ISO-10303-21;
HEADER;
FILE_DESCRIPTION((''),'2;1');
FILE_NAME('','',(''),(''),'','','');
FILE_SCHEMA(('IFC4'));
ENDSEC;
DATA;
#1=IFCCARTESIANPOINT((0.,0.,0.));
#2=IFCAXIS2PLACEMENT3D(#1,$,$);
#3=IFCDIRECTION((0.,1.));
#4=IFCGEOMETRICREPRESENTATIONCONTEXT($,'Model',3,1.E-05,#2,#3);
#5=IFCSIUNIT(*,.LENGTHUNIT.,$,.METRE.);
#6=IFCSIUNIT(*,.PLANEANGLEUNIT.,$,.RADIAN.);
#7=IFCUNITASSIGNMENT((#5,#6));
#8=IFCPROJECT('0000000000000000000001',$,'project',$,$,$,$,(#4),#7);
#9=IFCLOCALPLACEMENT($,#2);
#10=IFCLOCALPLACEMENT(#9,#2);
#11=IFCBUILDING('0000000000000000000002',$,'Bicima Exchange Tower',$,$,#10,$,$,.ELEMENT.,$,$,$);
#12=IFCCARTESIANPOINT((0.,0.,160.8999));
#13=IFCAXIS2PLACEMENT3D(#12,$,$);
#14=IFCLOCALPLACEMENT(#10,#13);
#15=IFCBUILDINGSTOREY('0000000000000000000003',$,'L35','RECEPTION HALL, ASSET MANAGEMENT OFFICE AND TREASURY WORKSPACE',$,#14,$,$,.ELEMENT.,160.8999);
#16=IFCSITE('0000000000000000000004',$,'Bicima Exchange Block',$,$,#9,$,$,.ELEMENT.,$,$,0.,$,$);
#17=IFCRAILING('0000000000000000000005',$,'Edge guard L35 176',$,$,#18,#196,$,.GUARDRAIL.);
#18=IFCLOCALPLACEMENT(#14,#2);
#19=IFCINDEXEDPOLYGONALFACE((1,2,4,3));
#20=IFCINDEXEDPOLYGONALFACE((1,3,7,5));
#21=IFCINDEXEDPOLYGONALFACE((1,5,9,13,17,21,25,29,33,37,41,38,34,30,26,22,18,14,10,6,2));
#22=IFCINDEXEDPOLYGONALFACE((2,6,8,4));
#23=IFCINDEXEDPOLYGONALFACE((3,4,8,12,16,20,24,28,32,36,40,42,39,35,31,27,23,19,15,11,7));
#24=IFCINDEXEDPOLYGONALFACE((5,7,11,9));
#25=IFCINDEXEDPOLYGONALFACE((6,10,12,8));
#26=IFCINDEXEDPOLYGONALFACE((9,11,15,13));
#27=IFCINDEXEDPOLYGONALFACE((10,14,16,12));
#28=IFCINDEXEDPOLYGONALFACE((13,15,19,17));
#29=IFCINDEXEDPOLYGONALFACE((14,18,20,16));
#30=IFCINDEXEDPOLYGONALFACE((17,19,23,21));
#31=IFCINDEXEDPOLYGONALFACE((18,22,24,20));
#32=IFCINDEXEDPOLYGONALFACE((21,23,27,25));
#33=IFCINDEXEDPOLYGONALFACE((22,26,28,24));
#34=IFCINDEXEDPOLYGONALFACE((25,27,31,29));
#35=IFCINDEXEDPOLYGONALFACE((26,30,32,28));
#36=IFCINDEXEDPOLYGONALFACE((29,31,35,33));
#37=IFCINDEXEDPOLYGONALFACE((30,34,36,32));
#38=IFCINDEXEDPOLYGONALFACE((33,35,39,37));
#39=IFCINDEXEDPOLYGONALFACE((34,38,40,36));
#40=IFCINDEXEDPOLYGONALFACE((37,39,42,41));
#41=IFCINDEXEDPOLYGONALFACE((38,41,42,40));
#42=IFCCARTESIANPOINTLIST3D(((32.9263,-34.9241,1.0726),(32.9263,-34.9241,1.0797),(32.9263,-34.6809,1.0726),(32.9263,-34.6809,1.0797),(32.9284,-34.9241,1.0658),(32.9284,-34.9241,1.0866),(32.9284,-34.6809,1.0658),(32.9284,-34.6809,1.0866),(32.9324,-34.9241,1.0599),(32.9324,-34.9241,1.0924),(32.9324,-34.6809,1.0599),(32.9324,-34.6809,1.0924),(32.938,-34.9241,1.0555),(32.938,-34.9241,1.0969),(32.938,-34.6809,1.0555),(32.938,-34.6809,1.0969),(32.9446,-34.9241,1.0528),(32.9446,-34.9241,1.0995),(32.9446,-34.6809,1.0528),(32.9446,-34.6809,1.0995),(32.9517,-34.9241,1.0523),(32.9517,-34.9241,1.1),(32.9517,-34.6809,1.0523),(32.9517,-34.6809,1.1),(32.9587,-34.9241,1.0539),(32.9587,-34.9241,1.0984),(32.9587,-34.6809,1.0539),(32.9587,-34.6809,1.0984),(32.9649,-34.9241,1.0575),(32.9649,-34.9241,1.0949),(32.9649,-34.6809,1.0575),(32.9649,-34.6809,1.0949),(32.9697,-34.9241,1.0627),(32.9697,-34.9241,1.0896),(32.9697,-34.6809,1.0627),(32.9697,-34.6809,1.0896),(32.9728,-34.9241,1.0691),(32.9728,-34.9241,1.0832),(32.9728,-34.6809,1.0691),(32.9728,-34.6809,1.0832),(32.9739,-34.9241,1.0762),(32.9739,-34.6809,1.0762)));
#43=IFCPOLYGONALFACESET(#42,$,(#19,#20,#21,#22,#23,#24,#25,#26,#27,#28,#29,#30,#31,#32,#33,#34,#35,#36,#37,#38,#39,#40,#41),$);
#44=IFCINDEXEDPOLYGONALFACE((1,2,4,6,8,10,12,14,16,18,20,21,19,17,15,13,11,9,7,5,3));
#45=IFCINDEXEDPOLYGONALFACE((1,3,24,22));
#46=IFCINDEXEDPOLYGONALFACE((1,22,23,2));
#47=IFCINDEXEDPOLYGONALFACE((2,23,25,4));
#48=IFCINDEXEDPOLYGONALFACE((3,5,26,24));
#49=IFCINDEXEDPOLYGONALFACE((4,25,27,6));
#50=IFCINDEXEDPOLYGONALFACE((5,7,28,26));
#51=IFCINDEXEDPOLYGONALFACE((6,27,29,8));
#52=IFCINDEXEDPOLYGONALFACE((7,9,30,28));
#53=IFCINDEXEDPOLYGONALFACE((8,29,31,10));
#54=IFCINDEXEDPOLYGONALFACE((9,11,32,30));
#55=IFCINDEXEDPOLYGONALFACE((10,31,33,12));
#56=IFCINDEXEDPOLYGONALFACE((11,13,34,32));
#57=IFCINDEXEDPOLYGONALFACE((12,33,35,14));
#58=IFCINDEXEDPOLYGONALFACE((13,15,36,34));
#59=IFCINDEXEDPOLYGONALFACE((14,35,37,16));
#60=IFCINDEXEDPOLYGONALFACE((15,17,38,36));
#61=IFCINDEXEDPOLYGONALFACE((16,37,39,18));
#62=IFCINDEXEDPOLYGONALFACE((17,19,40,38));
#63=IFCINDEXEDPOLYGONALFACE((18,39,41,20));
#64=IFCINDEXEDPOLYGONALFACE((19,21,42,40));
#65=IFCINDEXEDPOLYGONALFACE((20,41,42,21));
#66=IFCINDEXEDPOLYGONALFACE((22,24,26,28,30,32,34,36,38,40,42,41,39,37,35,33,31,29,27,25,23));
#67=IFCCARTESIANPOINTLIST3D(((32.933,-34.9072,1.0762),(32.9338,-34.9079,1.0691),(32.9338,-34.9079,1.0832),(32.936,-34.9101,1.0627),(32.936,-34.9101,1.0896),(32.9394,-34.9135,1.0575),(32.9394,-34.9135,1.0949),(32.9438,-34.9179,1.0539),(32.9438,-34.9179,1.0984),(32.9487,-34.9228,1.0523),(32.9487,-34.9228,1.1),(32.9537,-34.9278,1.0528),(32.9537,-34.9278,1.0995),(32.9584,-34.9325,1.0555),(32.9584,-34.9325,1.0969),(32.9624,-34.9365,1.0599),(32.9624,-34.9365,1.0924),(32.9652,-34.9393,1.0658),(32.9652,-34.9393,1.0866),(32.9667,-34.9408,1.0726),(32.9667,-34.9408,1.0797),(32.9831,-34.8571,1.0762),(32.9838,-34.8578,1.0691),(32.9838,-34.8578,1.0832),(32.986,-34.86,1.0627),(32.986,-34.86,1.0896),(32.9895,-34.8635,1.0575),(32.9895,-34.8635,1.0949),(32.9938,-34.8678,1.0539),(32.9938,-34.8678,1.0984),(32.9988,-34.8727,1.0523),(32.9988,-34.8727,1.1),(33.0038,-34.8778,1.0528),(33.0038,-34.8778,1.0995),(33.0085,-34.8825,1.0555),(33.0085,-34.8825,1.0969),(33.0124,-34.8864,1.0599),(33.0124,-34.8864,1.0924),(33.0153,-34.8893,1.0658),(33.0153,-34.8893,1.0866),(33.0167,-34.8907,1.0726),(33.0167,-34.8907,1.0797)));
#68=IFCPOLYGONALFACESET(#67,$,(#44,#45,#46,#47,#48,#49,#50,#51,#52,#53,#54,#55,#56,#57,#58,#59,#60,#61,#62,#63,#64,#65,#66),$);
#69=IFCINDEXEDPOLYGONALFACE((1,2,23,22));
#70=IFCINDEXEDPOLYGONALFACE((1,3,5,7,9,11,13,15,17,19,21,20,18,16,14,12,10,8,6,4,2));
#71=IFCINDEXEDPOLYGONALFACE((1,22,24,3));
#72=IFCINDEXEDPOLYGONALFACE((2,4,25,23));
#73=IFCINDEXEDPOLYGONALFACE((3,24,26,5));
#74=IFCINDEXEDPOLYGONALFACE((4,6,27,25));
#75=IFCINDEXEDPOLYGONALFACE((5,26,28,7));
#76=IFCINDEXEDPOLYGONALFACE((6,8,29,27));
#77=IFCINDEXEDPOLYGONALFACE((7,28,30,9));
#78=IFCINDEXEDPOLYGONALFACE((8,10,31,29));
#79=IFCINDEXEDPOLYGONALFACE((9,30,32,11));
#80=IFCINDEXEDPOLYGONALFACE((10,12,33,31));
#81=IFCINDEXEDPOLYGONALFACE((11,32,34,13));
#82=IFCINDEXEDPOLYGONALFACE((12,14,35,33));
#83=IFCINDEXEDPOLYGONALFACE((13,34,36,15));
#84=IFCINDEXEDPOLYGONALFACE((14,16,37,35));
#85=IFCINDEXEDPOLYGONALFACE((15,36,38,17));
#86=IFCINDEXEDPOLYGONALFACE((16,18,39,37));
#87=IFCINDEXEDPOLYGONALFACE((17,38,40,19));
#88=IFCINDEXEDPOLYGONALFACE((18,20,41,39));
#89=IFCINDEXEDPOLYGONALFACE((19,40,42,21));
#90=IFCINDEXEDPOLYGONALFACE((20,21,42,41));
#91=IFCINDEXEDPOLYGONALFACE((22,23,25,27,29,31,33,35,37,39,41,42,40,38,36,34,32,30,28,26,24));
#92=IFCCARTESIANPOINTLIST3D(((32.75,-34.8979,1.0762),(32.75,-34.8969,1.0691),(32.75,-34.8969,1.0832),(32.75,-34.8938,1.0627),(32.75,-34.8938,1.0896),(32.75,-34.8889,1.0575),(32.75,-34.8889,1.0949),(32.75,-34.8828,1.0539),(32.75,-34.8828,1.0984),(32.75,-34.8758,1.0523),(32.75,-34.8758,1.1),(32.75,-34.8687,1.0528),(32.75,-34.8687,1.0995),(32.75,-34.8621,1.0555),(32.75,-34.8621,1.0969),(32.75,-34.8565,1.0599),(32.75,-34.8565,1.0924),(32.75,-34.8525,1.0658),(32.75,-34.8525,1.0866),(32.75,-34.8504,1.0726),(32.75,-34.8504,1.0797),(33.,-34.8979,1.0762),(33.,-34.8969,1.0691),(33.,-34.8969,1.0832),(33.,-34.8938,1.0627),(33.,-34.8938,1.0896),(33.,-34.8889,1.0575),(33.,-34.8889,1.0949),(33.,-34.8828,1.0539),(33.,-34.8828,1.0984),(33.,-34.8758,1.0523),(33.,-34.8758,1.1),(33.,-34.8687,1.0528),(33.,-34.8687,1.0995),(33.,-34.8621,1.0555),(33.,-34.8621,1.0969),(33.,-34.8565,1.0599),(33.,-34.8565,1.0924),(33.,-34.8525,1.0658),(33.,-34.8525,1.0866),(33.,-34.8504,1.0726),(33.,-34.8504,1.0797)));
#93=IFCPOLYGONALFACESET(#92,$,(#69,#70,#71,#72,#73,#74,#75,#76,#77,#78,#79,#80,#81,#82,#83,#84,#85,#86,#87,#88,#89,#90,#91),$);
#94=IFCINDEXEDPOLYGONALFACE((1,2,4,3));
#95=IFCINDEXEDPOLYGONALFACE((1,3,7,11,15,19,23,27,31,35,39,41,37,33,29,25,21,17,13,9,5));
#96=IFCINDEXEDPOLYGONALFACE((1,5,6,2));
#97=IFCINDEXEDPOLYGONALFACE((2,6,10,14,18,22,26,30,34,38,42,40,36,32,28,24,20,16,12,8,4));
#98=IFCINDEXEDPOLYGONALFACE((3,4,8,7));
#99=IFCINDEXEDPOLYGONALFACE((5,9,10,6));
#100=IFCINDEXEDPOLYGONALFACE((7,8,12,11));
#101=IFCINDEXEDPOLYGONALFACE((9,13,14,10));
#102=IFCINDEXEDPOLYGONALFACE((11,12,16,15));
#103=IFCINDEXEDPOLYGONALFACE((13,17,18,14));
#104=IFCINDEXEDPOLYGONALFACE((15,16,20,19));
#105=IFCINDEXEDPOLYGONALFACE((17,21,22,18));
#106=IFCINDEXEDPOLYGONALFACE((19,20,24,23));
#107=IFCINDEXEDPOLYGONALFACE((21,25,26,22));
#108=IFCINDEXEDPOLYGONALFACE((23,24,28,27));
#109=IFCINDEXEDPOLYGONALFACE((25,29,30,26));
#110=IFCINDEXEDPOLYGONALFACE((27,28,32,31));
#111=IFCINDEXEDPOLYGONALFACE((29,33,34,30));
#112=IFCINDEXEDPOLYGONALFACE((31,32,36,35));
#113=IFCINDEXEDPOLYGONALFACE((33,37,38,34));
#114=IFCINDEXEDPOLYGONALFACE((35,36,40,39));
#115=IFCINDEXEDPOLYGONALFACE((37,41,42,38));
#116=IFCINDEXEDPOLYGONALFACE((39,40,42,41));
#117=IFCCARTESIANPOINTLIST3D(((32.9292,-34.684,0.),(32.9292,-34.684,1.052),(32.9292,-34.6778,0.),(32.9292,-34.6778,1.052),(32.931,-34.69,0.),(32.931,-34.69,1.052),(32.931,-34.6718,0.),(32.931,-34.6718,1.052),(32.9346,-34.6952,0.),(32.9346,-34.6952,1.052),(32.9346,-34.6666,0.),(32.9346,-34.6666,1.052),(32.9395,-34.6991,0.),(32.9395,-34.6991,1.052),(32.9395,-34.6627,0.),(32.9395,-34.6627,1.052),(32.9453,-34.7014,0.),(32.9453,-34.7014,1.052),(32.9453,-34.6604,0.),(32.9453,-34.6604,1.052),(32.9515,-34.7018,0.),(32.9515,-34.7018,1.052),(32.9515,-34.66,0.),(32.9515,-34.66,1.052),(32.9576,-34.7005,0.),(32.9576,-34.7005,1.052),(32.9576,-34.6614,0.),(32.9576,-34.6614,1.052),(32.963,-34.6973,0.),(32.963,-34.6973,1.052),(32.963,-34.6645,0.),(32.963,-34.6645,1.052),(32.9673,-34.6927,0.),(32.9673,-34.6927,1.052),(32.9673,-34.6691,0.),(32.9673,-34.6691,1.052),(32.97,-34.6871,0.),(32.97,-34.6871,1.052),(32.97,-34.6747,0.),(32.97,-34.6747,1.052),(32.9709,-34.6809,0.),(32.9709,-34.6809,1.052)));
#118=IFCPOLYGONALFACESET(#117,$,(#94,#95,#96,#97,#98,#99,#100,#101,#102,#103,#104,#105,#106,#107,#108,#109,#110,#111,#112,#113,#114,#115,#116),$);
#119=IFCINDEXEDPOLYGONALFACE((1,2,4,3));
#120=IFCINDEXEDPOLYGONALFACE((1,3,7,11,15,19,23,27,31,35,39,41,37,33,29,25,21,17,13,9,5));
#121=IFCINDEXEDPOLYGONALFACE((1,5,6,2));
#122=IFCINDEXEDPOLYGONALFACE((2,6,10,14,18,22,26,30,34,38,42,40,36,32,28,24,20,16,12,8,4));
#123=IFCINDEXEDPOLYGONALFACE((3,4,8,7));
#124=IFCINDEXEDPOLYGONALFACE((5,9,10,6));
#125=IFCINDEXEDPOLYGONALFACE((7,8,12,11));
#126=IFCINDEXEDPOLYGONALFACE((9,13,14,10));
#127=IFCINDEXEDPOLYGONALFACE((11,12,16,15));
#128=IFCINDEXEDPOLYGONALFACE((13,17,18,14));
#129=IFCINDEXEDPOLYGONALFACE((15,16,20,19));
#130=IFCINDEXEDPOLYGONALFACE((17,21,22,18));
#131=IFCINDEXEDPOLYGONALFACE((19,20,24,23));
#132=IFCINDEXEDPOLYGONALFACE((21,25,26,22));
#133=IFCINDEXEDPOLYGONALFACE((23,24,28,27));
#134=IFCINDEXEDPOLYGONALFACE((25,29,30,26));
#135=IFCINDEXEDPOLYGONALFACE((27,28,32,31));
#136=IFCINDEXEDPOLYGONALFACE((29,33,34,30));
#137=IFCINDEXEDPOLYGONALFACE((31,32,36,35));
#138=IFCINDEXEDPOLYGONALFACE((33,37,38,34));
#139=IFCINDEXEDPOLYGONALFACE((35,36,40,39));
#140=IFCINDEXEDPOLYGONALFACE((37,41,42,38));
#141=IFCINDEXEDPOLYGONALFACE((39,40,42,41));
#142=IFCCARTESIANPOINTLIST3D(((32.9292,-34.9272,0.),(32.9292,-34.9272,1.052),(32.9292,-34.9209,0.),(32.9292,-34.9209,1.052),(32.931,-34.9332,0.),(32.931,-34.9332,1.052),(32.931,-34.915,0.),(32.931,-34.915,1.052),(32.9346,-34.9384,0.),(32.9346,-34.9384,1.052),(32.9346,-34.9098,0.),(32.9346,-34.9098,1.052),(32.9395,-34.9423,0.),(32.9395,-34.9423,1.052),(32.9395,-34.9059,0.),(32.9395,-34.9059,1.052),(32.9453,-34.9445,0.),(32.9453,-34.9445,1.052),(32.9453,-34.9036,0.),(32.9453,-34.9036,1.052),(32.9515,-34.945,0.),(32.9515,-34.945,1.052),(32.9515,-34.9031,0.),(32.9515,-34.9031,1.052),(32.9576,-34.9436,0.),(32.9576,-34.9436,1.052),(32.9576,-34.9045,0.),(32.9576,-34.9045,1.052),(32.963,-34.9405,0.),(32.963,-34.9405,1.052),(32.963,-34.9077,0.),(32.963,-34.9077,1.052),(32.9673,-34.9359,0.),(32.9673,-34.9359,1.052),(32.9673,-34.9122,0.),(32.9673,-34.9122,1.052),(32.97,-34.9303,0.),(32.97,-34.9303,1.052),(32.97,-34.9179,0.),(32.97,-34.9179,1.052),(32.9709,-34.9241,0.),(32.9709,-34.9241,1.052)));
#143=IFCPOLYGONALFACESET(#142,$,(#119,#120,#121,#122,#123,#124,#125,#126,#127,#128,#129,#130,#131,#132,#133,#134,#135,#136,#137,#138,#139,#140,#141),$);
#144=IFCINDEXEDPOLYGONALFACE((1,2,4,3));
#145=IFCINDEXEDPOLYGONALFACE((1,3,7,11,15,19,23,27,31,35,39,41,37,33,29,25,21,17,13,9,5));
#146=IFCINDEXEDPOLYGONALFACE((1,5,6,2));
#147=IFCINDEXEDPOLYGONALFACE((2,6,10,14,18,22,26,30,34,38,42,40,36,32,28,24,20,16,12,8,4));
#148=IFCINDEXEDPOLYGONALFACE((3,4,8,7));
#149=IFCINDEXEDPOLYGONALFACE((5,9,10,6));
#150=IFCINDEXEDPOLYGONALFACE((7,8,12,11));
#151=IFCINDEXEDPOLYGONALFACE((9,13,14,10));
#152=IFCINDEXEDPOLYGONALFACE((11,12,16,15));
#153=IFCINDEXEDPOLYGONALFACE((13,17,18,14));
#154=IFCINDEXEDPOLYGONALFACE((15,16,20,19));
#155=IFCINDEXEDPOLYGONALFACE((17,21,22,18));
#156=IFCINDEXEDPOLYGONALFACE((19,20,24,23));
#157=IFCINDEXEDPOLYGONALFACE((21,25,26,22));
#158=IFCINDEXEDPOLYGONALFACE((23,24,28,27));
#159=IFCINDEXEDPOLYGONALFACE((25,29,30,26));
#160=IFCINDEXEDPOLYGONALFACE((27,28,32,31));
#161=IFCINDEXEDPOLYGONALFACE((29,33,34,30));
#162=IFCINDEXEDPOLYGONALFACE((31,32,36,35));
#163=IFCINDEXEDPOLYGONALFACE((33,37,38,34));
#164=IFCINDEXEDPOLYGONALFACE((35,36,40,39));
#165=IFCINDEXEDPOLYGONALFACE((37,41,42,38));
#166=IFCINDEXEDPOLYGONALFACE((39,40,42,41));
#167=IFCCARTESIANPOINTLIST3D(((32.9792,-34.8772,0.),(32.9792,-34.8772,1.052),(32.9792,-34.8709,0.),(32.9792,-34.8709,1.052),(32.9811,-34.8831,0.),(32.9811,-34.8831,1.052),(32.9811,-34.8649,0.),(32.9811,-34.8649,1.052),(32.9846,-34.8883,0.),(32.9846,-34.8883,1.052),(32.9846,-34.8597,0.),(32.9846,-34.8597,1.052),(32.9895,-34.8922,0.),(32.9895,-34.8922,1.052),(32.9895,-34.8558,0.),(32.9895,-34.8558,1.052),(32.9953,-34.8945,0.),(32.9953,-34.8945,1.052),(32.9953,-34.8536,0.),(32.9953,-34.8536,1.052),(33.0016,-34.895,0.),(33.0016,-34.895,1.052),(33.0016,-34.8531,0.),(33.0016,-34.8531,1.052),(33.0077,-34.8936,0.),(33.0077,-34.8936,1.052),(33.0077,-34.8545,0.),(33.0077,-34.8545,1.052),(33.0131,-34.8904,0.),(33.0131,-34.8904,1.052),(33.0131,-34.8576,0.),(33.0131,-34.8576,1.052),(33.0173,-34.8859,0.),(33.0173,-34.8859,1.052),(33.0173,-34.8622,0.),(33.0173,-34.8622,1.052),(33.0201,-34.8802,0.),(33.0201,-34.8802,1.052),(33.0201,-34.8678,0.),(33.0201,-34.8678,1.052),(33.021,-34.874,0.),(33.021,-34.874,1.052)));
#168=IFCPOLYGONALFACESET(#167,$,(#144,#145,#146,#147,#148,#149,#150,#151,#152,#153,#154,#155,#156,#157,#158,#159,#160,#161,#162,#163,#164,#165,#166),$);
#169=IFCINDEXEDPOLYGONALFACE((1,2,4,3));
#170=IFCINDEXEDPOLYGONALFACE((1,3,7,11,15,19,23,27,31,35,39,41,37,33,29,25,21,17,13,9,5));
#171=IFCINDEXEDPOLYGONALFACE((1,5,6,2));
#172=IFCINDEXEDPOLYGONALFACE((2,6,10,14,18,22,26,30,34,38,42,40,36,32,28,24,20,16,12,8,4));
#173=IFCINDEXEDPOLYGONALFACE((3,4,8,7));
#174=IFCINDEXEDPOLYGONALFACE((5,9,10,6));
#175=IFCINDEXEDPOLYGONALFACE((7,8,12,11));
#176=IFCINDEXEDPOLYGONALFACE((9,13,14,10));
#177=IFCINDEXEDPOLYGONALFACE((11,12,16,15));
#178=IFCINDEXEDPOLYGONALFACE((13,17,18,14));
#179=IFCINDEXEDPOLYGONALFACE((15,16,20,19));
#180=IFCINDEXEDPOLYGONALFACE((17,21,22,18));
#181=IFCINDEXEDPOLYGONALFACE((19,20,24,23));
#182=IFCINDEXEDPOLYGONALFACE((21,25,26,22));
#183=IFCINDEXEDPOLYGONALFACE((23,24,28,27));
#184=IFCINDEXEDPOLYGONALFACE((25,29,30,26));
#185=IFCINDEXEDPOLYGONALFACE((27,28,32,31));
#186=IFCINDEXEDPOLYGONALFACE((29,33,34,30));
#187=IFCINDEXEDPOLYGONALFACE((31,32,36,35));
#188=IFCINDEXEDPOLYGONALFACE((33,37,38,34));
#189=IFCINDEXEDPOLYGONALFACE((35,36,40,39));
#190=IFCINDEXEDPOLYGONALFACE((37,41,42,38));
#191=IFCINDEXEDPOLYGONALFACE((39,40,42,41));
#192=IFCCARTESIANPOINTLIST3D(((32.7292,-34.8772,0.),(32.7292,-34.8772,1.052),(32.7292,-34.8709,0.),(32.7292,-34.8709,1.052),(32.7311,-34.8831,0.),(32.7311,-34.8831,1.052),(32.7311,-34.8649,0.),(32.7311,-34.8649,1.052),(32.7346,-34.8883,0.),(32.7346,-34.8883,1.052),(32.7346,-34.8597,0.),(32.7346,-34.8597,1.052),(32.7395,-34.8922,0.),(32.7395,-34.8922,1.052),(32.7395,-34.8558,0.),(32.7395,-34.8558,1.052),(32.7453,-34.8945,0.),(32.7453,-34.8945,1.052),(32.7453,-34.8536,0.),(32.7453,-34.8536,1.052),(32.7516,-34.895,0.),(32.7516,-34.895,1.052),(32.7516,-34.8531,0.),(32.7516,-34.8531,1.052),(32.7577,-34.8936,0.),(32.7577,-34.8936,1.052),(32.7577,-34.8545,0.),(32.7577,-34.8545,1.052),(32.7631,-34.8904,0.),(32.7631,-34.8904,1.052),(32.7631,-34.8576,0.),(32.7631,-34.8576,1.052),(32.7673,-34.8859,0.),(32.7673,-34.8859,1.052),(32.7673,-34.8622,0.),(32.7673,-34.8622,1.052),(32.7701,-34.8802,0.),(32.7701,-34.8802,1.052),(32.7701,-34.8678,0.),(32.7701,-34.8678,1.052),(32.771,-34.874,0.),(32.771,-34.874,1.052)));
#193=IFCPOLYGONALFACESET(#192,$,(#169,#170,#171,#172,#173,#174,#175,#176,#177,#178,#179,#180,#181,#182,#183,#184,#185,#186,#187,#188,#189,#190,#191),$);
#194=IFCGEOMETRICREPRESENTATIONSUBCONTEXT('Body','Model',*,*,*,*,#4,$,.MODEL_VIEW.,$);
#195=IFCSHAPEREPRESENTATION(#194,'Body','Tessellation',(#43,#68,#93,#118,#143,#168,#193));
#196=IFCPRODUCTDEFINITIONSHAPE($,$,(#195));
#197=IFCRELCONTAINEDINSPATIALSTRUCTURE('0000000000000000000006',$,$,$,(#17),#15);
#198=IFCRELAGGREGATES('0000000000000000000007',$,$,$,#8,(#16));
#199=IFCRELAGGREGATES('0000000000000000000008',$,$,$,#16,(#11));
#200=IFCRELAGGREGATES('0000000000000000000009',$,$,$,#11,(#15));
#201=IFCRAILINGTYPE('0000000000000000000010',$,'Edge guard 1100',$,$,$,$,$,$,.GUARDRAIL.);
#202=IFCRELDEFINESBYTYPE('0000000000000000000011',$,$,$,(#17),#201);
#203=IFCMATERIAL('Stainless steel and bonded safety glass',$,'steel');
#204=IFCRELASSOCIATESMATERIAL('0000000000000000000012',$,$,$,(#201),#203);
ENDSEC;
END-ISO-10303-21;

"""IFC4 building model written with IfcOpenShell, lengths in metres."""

from ifc_helpers import new_model, si_unit, direction, frame, origin, origin_2d, place, context, subcontext, project, spatial, circle, extrude, material, type_object, element, save


model = new_model("IFC4")

# Units and contexts
model_context = context("Model", 3, precision=1e-05, world=origin(), true_north=direction((0.0, 1.0)))
body_context = subcontext(model_context, "Body", "Model", "MODEL_VIEW")
ifc_project = project(units=[si_unit("LENGTHUNIT", "METRE"), si_unit("PLANEANGLEUNIT", "RADIAN")], contexts=[model_context])

# Site, building, storey
site_placement = place(None, origin())
site = spatial("IfcSite", under=ifc_project, at=site_placement, Name="Bicima Exchange Block", CompositionType="ELEMENT", RefElevation=0.0)
building_placement = place(site_placement, origin())
building = spatial("IfcBuilding", under=site, at=building_placement, Name="Bicima Exchange Tower", CompositionType="ELEMENT")
storey_placement = place(building_placement, frame((0.0, 0.0, 160.8999)))
storey = spatial("IfcBuildingStorey", under=building, at=storey_placement, Name="L35", Description="RECEPTION HALL, ASSET MANAGEMENT OFFICE AND TREASURY WORKSPACE", CompositionType="ELEMENT", Elevation=160.8999)

# Railing
ifc_material_1 = material(Name="Stainless steel and bonded safety glass", Category="steel")
railing_type = type_object("IfcRailingType", Name="Edge guard 1100", PredefinedType="GUARDRAIL", material=ifc_material_1)
railing_1_placement = place(storey_placement, frame((32.95, -34.6809, 0.0)))
element("IfcRailing", 1, at=railing_1_placement, inside=storey, type_object=railing_type, Name="Edge guard L35 176", PredefinedType="GUARDRAIL", context=body_context, shape_type="SweptSolid", body=[
    extrude(circle(Radius=0.0239, at=origin_2d()), frame((0.0, 0.0, 1.0762), z_axis=(0.0, -1.0, 0.0), x_axis=(1.0, 0.0, 0.0)), (0.0, 0.0, 1.0), 0.2432),
    extrude(circle(Radius=0.0239, at=origin_2d()), frame((0.0, -0.2432, 1.0762), z_axis=(0.707107, 0.707107, 0.0), x_axis=(-0.707107, 0.707107, 0.0)), (0.0, 0.0, 1.0), 0.0708),
    extrude(circle(Radius=0.0239, at=origin_2d()), frame((0.05, -0.1931, 1.0762), z_axis=(-1.0, 0.0, 0.0), x_axis=(0.0, -1.0, 0.0)), (0.0, 0.0, 1.0), 0.25),
    extrude(circle(Radius=0.021, at=origin_2d()), origin(), (0.0, 0.0, 1.0), 1.052),
    extrude(circle(Radius=0.021, at=origin_2d()), frame((0.0, -0.2432, 0.0)), (0.0, 0.0, 1.0), 1.052),
    extrude(circle(Radius=0.021, at=origin_2d()), frame((0.05, -0.1931, 0.0)), (0.0, 0.0, 1.0), 1.052),
    extrude(circle(Radius=0.021, at=origin_2d()), frame((-0.2, -0.1931, 0.0)), (0.0, 0.0, 1.0), 1.052),
])

save(model, "model.ifc")
